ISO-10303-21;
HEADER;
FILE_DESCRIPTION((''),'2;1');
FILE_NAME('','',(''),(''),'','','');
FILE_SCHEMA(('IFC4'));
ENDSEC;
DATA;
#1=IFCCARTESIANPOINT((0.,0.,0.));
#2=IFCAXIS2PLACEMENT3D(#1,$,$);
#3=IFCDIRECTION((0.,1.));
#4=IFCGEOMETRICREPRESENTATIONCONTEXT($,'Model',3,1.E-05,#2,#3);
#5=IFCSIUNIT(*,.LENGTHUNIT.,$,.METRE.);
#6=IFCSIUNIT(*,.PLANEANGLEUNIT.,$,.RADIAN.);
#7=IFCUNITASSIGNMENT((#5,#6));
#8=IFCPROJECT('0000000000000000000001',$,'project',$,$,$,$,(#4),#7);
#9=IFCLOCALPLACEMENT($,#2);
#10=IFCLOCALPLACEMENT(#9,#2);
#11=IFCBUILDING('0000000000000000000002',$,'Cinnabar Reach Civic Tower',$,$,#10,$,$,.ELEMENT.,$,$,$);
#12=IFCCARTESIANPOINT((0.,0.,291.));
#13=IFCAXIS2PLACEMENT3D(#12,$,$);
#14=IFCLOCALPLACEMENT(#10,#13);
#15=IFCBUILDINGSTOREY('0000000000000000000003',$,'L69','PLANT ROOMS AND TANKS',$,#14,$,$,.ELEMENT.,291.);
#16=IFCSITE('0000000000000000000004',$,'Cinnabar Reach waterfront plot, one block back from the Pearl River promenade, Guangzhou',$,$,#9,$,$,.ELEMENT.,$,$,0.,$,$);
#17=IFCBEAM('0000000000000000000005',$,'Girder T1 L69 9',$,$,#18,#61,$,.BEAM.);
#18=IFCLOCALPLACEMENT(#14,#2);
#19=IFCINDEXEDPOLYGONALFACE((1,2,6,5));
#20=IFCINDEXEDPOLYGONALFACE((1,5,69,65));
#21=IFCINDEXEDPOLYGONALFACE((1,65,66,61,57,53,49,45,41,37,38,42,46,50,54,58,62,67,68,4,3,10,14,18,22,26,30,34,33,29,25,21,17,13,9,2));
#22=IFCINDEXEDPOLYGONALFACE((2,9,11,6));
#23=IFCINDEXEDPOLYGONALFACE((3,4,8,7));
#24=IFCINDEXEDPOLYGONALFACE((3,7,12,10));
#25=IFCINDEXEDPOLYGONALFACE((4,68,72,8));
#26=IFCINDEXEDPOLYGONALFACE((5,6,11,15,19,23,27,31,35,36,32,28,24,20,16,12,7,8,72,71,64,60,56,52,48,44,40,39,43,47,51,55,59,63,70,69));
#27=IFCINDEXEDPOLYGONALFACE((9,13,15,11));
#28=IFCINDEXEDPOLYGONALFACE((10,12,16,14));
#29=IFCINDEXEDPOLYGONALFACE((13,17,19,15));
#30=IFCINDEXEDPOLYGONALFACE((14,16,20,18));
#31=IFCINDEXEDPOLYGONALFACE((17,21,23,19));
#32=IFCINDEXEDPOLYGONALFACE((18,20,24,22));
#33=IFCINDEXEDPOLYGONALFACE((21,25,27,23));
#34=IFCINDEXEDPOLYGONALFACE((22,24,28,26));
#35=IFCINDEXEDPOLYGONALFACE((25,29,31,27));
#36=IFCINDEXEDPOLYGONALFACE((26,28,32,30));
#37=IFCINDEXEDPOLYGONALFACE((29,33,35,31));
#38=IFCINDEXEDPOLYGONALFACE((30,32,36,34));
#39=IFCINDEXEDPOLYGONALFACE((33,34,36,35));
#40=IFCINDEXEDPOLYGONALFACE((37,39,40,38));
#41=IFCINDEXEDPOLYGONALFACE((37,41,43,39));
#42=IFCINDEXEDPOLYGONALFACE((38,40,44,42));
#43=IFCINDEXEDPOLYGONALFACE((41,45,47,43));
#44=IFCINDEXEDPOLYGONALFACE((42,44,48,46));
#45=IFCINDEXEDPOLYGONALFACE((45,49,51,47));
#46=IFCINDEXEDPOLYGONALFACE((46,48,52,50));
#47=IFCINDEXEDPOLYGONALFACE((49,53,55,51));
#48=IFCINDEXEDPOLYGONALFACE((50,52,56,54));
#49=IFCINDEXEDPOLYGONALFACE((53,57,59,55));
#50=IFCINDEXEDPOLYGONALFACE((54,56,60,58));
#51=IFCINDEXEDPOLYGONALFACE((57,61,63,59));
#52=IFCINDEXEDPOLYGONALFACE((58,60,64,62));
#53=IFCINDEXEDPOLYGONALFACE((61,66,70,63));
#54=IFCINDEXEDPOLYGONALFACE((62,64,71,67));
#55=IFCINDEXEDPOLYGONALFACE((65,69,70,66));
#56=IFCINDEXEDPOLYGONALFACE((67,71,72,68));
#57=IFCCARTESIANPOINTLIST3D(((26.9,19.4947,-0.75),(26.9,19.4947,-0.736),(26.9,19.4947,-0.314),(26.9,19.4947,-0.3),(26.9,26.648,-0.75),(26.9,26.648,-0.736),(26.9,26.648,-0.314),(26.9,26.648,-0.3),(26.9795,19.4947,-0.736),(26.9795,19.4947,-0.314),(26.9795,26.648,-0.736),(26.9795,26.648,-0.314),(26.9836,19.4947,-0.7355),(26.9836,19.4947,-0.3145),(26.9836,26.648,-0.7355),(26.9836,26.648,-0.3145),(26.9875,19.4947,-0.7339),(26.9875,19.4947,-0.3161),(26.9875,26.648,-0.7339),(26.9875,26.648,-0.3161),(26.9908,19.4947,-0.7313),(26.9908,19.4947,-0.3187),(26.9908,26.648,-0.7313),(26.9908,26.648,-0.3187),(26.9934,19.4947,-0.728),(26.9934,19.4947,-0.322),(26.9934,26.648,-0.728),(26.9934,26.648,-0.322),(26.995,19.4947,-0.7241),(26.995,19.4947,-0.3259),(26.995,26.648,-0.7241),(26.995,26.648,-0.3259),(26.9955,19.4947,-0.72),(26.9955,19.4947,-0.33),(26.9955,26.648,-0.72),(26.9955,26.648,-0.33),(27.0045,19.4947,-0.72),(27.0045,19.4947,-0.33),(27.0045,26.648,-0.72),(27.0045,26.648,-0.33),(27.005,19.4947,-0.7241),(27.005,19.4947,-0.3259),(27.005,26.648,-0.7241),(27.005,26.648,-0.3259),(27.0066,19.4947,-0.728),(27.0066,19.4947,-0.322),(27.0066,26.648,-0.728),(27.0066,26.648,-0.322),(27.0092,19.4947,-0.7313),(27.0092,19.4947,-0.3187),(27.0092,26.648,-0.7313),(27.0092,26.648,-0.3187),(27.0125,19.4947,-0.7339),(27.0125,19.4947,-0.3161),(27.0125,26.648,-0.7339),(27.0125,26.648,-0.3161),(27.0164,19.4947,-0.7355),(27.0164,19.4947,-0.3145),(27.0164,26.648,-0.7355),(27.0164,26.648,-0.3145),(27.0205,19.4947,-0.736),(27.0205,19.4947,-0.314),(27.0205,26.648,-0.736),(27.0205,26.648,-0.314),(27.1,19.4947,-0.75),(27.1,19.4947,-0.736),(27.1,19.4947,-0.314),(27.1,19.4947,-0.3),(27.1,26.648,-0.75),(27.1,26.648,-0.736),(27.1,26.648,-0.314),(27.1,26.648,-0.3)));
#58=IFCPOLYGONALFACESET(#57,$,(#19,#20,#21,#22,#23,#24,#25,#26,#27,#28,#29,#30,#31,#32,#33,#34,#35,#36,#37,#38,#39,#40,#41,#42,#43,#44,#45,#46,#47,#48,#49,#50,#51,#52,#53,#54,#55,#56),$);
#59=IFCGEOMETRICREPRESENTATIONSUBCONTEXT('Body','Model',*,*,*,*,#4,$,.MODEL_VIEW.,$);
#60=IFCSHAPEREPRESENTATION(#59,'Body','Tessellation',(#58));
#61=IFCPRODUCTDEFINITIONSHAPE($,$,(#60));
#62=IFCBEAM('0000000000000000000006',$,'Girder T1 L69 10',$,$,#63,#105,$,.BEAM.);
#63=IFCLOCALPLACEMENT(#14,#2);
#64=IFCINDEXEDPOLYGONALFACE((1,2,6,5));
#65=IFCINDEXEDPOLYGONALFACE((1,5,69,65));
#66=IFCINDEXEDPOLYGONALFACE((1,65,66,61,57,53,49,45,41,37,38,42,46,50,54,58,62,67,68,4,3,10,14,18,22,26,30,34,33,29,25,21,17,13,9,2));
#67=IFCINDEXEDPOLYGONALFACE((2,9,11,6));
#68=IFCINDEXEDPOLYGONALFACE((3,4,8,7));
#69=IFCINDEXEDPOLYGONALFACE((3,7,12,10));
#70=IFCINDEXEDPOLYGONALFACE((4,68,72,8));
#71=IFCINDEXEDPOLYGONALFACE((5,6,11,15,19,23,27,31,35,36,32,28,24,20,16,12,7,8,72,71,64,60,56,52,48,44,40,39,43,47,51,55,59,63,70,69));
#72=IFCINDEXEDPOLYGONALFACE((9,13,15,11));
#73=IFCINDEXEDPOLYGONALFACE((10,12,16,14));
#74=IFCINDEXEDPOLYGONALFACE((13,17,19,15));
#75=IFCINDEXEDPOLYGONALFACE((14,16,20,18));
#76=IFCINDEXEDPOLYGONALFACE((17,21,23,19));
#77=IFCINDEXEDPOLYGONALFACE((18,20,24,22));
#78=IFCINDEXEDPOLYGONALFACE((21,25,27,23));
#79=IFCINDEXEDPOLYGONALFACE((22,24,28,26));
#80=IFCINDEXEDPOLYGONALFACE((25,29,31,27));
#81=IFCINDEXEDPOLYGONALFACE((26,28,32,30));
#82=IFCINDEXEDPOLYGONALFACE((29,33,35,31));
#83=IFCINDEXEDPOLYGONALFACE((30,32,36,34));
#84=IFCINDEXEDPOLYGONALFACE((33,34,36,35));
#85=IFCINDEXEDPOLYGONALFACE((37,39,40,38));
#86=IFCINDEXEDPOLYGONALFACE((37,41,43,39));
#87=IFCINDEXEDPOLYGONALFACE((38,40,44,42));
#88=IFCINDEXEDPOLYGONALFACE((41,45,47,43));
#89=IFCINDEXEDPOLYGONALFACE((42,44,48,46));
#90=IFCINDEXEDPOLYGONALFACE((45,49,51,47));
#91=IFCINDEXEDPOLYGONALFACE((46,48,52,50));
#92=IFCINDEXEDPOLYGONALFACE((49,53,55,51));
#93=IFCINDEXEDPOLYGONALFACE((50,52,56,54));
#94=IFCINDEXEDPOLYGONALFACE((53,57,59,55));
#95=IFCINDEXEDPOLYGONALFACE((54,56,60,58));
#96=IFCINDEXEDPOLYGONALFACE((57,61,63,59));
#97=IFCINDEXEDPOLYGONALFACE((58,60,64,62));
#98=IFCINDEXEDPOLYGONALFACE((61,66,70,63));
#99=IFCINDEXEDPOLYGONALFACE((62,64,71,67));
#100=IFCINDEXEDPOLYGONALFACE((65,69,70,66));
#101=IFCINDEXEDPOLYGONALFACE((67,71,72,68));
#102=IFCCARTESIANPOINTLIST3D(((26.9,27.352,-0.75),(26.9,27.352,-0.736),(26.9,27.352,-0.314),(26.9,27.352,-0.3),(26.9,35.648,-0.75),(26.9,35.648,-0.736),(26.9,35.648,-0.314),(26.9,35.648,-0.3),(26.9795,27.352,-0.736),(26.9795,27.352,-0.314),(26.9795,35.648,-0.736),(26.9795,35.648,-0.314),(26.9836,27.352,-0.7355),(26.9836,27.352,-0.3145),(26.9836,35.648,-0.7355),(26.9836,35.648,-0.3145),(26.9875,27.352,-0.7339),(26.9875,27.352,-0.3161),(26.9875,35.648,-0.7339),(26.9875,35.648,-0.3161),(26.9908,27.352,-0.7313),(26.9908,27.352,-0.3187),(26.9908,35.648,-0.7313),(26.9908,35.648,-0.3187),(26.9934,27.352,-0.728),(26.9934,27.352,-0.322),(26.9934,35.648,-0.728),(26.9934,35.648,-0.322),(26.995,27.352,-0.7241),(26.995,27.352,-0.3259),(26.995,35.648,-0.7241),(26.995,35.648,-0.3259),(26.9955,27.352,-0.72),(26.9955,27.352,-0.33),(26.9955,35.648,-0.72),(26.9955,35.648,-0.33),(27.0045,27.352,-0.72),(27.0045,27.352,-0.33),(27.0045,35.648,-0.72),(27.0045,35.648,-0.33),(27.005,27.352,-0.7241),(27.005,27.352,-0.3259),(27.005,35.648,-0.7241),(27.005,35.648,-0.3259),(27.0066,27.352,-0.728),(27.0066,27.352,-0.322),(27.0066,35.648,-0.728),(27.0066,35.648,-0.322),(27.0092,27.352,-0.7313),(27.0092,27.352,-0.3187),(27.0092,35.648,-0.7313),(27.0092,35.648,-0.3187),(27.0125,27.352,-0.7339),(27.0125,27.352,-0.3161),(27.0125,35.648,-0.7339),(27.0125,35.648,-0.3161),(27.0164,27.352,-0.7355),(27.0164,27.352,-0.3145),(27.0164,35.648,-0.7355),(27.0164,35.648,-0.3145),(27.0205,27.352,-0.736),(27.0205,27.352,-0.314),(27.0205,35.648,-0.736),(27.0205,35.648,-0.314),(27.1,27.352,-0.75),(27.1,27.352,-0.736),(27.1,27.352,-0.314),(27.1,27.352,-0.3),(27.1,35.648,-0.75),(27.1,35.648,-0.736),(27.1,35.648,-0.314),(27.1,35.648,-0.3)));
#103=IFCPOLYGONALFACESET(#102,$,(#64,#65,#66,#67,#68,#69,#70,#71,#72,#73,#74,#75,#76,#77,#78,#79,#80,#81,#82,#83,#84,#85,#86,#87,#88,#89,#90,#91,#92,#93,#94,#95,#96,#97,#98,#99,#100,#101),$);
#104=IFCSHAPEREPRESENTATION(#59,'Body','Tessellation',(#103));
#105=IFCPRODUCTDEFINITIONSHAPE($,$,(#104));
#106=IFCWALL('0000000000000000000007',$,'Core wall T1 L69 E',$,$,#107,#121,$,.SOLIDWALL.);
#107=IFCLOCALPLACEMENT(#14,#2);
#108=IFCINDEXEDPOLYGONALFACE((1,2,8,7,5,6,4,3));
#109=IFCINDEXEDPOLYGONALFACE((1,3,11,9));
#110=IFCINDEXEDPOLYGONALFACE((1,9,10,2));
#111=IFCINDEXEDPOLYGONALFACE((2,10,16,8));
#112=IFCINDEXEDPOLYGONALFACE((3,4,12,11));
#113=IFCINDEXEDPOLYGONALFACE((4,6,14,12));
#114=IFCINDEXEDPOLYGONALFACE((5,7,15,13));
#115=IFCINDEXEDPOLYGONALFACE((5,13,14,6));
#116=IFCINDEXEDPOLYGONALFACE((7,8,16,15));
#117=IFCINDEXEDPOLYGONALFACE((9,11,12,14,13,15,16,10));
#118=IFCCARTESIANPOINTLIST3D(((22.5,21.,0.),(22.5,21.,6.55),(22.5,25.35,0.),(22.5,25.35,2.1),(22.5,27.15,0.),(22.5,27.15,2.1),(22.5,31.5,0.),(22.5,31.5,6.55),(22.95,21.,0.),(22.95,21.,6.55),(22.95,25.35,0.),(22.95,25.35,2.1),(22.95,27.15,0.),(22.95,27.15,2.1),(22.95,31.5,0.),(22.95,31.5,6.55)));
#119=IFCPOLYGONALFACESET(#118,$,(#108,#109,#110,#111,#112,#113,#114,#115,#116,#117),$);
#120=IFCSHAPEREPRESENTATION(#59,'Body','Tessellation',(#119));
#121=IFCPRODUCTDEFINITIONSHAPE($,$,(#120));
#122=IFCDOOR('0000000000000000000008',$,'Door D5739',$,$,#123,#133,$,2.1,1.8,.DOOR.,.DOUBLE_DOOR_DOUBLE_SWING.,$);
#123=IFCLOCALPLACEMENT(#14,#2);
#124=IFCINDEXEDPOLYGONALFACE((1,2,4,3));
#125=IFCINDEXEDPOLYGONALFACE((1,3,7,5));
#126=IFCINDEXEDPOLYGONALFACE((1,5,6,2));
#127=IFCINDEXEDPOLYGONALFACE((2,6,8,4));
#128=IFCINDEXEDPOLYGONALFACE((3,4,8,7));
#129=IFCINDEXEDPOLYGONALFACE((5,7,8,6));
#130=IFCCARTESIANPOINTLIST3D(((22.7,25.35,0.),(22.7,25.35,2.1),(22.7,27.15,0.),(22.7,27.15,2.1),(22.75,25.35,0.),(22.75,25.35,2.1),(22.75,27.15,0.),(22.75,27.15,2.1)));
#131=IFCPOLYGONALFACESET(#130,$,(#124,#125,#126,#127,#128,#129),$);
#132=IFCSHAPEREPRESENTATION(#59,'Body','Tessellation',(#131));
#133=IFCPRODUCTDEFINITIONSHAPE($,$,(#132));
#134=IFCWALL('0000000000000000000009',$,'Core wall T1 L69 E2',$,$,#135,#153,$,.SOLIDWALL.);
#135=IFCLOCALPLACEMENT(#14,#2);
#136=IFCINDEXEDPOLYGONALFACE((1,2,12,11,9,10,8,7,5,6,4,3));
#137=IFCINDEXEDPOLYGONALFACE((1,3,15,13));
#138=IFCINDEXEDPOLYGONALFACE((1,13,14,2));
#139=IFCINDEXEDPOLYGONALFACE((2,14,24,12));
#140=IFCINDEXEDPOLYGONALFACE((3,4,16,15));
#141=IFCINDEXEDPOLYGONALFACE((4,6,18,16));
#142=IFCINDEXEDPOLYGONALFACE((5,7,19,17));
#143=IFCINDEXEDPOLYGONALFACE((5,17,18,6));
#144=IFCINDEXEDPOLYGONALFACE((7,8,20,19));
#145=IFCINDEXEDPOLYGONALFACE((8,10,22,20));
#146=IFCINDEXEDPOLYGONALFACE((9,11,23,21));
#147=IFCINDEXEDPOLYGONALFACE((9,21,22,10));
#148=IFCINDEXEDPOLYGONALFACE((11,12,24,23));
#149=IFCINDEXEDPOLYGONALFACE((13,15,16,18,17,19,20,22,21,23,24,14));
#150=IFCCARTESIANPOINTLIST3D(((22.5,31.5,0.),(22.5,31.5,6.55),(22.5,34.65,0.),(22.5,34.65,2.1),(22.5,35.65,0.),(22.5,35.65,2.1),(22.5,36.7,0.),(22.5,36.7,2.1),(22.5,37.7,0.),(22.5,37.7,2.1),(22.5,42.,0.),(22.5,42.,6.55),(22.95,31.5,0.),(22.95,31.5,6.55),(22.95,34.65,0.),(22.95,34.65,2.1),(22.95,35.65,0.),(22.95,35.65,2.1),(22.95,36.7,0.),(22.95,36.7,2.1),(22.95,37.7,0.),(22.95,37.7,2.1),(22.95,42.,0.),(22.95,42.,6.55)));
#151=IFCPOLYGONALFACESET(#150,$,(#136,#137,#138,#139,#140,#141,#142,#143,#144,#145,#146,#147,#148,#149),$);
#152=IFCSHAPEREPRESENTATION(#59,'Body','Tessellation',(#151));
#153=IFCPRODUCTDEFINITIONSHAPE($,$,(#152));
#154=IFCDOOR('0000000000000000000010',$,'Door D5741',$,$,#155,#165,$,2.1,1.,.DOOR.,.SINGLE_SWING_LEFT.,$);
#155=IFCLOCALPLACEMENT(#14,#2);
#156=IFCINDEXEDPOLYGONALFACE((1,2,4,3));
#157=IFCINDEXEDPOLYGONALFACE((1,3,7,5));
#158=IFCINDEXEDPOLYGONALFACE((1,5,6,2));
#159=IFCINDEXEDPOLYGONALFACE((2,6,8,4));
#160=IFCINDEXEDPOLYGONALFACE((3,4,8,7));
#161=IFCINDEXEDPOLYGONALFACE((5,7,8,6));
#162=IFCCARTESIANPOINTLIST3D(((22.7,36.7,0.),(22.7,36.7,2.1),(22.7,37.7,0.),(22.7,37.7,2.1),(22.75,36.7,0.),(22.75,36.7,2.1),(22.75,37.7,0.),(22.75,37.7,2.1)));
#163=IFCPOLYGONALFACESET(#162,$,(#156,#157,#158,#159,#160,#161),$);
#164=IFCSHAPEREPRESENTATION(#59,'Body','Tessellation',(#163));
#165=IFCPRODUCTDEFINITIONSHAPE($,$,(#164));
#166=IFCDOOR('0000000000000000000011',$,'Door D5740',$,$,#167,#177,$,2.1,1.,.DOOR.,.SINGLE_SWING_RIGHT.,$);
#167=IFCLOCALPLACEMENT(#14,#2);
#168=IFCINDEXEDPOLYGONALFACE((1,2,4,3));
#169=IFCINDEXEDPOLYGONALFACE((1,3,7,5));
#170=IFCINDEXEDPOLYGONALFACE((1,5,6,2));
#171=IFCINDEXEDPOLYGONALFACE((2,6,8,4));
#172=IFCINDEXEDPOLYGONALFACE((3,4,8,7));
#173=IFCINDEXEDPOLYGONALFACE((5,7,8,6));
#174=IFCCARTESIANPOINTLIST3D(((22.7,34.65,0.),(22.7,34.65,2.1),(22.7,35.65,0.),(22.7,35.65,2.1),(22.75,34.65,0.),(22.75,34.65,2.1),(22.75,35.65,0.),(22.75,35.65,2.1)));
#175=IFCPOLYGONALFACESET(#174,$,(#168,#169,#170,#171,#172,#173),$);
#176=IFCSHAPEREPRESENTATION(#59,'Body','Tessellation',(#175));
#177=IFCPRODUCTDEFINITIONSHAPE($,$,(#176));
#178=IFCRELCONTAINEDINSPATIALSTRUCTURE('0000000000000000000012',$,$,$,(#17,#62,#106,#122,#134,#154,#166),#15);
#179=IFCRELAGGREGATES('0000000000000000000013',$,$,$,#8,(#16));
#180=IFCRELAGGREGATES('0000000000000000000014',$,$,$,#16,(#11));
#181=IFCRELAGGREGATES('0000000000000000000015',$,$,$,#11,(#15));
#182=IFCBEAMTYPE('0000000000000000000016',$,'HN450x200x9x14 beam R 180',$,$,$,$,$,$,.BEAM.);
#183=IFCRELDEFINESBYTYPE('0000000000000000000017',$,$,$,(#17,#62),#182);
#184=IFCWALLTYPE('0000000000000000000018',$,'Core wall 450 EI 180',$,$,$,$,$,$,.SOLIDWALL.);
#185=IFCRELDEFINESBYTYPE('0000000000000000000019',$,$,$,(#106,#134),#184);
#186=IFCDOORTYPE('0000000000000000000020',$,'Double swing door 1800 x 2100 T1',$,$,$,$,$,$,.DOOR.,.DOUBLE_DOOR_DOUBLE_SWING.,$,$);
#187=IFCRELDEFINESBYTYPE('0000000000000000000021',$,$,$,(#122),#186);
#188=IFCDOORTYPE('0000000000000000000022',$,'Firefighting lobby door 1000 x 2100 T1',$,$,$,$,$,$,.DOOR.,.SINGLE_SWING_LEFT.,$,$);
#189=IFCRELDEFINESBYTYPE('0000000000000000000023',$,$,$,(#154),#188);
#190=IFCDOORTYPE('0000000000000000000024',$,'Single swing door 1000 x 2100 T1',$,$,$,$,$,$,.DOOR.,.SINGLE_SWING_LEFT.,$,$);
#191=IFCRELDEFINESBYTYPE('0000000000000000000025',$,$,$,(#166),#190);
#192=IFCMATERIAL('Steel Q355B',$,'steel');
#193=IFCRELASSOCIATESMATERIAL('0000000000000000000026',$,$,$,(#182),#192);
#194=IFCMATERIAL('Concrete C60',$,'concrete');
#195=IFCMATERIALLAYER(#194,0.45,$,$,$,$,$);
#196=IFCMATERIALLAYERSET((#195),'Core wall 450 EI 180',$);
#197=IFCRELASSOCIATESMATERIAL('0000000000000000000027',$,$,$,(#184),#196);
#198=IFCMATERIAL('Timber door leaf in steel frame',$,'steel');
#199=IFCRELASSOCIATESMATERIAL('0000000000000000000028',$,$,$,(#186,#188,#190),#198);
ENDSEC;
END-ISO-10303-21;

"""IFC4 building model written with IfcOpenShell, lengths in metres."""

from ifc_helpers import new_model, si_unit, direction, frame, frame_2d, origin, origin_2d, place, context, subcontext, project, spatial, rectangle, i_section, extrude, material, layer, layer_set, material_profile, profile_set, type_object, element, fill, save


model = new_model("IFC4")

# Units and contexts
model_context = context("Model", 3, precision=1e-05, world=origin(), true_north=direction((0.0, 1.0)))
body_context = subcontext(model_context, "Body", "Model", "MODEL_VIEW")
ifc_project = project(units=[si_unit("LENGTHUNIT", "METRE"), si_unit("PLANEANGLEUNIT", "RADIAN")], contexts=[model_context])

# Site, building, storey
site_placement = place(None, origin())
site = spatial("IfcSite", under=ifc_project, at=site_placement, Name="Cinnabar Reach waterfront plot, one block back from the Pearl River promenade, Guangzhou", CompositionType="ELEMENT", RefElevation=0.0)
building_placement = place(site_placement, origin())
building = spatial("IfcBuilding", under=site, at=building_placement, Name="Cinnabar Reach Civic Tower", CompositionType="ELEMENT")
storey_placement = place(building_placement, frame((0.0, 0.0, 291.0)))
storey = spatial("IfcBuildingStorey", under=building, at=storey_placement, Name="L69", Description="PLANT ROOMS AND TANKS", CompositionType="ELEMENT", Elevation=291.0)

# Shared definitions
ifc_material_1 = material(Name="Concrete C60", Category="concrete")

# Beams
ifc_material_2 = material(Name="Steel Q355B", Category="steel")
ifc_material_profile_1 = material_profile(ifc_material_2, i_section(OverallWidth=0.2, OverallDepth=0.45, WebThickness=0.009, FlangeThickness=0.014, FilletRadius=0.016, at=origin_2d()), Name="HN450x200x9x14")
ifc_profile_set_1 = profile_set([ifc_material_profile_1], Name="Steel Q355B")
beam_type_1 = type_object("IfcBeamType", Name="HN450x200x9x14 beam R 180", PredefinedType="BEAM", material=ifc_profile_set_1)
beam_1_placement = place(storey_placement, frame((27.0, 19.4947, -0.525), z_axis=(0.0, 1.0, 0.0), x_axis=(-1.0, 0.0, 0.0)))
element("IfcBeam", 1, at=beam_1_placement, inside=storey, type_object=beam_type_1, Name="Girder T1 L69 9", PredefinedType="BEAM", context=body_context, shape_type="SweptSolid", body=[
    extrude(i_section(OverallWidth=0.2, OverallDepth=0.45, WebThickness=0.009, FlangeThickness=0.014, FilletRadius=0.016, at=origin_2d()), origin(), (0.0, 0.0, 1.0), 7.1533),
])
beam_2_placement = place(storey_placement, frame((27.0, 27.352, -0.525), z_axis=(0.0, 1.0, 0.0), x_axis=(-1.0, 0.0, 0.0)))
element("IfcBeam", 2, at=beam_2_placement, inside=storey, type_object=beam_type_1, Name="Girder T1 L69 10", PredefinedType="BEAM", context=body_context, shape_type="SweptSolid", body=[
    extrude(i_section(OverallWidth=0.2, OverallDepth=0.45, WebThickness=0.009, FlangeThickness=0.014, FilletRadius=0.016, at=origin_2d()), origin(), (0.0, 0.0, 1.0), 8.296),
])

# Wall, opening, door
ifc_layer_1 = layer(ifc_material_1, 0.45)
ifc_layer_set_1 = layer_set([ifc_layer_1], Name="Core wall 450 EI 180")
wall_type_1 = type_object("IfcWallType", Name="Core wall 450 EI 180", PredefinedType="SOLIDWALL", material=ifc_layer_set_1)
wall_1_placement = place(storey_placement, frame((22.725, 21.0, 0.0), z_axis=(0.0, 0.0, 1.0), x_axis=(0.0, 1.0, 0.0)))
wall_1 = element("IfcWall", 3, at=wall_1_placement, inside=storey, type_object=wall_type_1, Name="Core wall T1 L69 E", PredefinedType="SOLIDWALL", context=body_context, shape_type="SweptSolid", body=[
    extrude(rectangle(XDim=10.5, YDim=0.45, at=frame_2d((5.25, 0.0))), origin(), (0.0, 0.0, 1.0), 6.55),
])
opening_1_placement = place(wall_1_placement, frame((4.35, 0.0, 0.0)))
opening_1 = element("IfcOpeningElement", 4, at=opening_1_placement, cuts=wall_1, PredefinedType="OPENING", context=body_context, shape_type="SweptSolid", body=[
    extrude(rectangle(XDim=1.8, YDim=2.1, at=frame_2d((0.9, 1.05))), frame((0.0, 0.235, 0.0), z_axis=(0.0, -1.0, 0.0), x_axis=(1.0, 0.0, 0.0)), (0.0, 0.0, 1.0), 0.47),
])
ifc_material_3 = material(Name="Timber door leaf in steel frame", Category="steel")
door_type_1 = type_object("IfcDoorType", Name="Double swing door 1800 x 2100 T1", OperationType="DOUBLE_DOOR_DOUBLE_SWING", PredefinedType="DOOR", material=ifc_material_3)
door_1_placement = place(opening_1_placement, origin())
door_1 = element("IfcDoor", 5, at=door_1_placement, inside=storey, type_object=door_type_1, Name="Door D5739", OperationType="DOUBLE_DOOR_DOUBLE_SWING", OverallHeight=2.1, OverallWidth=1.8, PredefinedType="DOOR", context=body_context, shape_type="SweptSolid", body=[
    extrude(rectangle(XDim=1.8, YDim=2.1, at=frame_2d((0.9, 1.05))), frame((0.0, 0.025, 0.0), z_axis=(0.0, -1.0, 0.0), x_axis=(1.0, 0.0, 0.0)), (0.0, 0.0, 1.0), 0.05),
])
fill(opening_1, door_1)

# Wall, openings, doors
wall_2_placement = place(storey_placement, frame((22.725, 31.5, 0.0), z_axis=(0.0, 0.0, 1.0), x_axis=(0.0, 1.0, 0.0)))
wall_2 = element("IfcWall", 6, at=wall_2_placement, inside=storey, type_object=wall_type_1, Name="Core wall T1 L69 E2", PredefinedType="SOLIDWALL", context=body_context, shape_type="SweptSolid", body=[
    extrude(rectangle(XDim=10.5, YDim=0.45, at=frame_2d((5.25, 0.0))), origin(), (0.0, 0.0, 1.0), 6.55),
])
opening_2_placement = place(wall_2_placement, frame((3.15, 0.0, 0.0)))
opening_2 = element("IfcOpeningElement", 7, at=opening_2_placement, cuts=wall_2, PredefinedType="OPENING", context=body_context, shape_type="SweptSolid", body=[
    extrude(rectangle(XDim=1.0, YDim=2.1, at=frame_2d((0.5, 1.05))), frame((0.0, 0.235, 0.0), z_axis=(0.0, -1.0, 0.0), x_axis=(1.0, 0.0, 0.0)), (0.0, 0.0, 1.0), 0.47),
])
opening_3_placement = place(wall_2_placement, frame((5.2, 0.0, 0.0)))
opening_3 = element("IfcOpeningElement", 8, at=opening_3_placement, cuts=wall_2, PredefinedType="OPENING", context=body_context, shape_type="SweptSolid", body=[
    extrude(rectangle(XDim=1.0, YDim=2.1, at=frame_2d((0.5, 1.05))), frame((0.0, 0.235, 0.0), z_axis=(0.0, -1.0, 0.0), x_axis=(1.0, 0.0, 0.0)), (0.0, 0.0, 1.0), 0.47),
])
door_type_2 = type_object("IfcDoorType", Name="Firefighting lobby door 1000 x 2100 T1", OperationType="SINGLE_SWING_LEFT", PredefinedType="DOOR", material=ifc_material_3)
door_2_placement = place(opening_3_placement, origin())
door_2 = element("IfcDoor", 9, at=door_2_placement, inside=storey, type_object=door_type_2, Name="Door D5741", OperationType="SINGLE_SWING_LEFT", OverallHeight=2.1, OverallWidth=1.0, PredefinedType="DOOR", context=body_context, shape_type="SweptSolid", body=[
    extrude(rectangle(XDim=1.0, YDim=2.1, at=frame_2d((0.5, 1.05))), frame((0.0, 0.025, 0.0), z_axis=(0.0, -1.0, 0.0), x_axis=(1.0, 0.0, 0.0)), (0.0, 0.0, 1.0), 0.05),
])
fill(opening_3, door_2)
door_type_3 = type_object("IfcDoorType", Name="Single swing door 1000 x 2100 T1", OperationType="SINGLE_SWING_LEFT", PredefinedType="DOOR", material=ifc_material_3)
door_3_placement = place(opening_2_placement, origin())
door_3 = element("IfcDoor", 10, at=door_3_placement, inside=storey, type_object=door_type_3, Name="Door D5740", OperationType="SINGLE_SWING_RIGHT", OverallHeight=2.1, OverallWidth=1.0, PredefinedType="DOOR", context=body_context, shape_type="SweptSolid", body=[
    extrude(rectangle(XDim=1.0, YDim=2.1, at=frame_2d((0.5, 1.05))), frame((0.0, 0.025, 0.0), z_axis=(0.0, -1.0, 0.0), x_axis=(1.0, 0.0, 0.0)), (0.0, 0.0, 1.0), 0.05),
])
fill(opening_2, door_3)

save(model, "model.ifc")
